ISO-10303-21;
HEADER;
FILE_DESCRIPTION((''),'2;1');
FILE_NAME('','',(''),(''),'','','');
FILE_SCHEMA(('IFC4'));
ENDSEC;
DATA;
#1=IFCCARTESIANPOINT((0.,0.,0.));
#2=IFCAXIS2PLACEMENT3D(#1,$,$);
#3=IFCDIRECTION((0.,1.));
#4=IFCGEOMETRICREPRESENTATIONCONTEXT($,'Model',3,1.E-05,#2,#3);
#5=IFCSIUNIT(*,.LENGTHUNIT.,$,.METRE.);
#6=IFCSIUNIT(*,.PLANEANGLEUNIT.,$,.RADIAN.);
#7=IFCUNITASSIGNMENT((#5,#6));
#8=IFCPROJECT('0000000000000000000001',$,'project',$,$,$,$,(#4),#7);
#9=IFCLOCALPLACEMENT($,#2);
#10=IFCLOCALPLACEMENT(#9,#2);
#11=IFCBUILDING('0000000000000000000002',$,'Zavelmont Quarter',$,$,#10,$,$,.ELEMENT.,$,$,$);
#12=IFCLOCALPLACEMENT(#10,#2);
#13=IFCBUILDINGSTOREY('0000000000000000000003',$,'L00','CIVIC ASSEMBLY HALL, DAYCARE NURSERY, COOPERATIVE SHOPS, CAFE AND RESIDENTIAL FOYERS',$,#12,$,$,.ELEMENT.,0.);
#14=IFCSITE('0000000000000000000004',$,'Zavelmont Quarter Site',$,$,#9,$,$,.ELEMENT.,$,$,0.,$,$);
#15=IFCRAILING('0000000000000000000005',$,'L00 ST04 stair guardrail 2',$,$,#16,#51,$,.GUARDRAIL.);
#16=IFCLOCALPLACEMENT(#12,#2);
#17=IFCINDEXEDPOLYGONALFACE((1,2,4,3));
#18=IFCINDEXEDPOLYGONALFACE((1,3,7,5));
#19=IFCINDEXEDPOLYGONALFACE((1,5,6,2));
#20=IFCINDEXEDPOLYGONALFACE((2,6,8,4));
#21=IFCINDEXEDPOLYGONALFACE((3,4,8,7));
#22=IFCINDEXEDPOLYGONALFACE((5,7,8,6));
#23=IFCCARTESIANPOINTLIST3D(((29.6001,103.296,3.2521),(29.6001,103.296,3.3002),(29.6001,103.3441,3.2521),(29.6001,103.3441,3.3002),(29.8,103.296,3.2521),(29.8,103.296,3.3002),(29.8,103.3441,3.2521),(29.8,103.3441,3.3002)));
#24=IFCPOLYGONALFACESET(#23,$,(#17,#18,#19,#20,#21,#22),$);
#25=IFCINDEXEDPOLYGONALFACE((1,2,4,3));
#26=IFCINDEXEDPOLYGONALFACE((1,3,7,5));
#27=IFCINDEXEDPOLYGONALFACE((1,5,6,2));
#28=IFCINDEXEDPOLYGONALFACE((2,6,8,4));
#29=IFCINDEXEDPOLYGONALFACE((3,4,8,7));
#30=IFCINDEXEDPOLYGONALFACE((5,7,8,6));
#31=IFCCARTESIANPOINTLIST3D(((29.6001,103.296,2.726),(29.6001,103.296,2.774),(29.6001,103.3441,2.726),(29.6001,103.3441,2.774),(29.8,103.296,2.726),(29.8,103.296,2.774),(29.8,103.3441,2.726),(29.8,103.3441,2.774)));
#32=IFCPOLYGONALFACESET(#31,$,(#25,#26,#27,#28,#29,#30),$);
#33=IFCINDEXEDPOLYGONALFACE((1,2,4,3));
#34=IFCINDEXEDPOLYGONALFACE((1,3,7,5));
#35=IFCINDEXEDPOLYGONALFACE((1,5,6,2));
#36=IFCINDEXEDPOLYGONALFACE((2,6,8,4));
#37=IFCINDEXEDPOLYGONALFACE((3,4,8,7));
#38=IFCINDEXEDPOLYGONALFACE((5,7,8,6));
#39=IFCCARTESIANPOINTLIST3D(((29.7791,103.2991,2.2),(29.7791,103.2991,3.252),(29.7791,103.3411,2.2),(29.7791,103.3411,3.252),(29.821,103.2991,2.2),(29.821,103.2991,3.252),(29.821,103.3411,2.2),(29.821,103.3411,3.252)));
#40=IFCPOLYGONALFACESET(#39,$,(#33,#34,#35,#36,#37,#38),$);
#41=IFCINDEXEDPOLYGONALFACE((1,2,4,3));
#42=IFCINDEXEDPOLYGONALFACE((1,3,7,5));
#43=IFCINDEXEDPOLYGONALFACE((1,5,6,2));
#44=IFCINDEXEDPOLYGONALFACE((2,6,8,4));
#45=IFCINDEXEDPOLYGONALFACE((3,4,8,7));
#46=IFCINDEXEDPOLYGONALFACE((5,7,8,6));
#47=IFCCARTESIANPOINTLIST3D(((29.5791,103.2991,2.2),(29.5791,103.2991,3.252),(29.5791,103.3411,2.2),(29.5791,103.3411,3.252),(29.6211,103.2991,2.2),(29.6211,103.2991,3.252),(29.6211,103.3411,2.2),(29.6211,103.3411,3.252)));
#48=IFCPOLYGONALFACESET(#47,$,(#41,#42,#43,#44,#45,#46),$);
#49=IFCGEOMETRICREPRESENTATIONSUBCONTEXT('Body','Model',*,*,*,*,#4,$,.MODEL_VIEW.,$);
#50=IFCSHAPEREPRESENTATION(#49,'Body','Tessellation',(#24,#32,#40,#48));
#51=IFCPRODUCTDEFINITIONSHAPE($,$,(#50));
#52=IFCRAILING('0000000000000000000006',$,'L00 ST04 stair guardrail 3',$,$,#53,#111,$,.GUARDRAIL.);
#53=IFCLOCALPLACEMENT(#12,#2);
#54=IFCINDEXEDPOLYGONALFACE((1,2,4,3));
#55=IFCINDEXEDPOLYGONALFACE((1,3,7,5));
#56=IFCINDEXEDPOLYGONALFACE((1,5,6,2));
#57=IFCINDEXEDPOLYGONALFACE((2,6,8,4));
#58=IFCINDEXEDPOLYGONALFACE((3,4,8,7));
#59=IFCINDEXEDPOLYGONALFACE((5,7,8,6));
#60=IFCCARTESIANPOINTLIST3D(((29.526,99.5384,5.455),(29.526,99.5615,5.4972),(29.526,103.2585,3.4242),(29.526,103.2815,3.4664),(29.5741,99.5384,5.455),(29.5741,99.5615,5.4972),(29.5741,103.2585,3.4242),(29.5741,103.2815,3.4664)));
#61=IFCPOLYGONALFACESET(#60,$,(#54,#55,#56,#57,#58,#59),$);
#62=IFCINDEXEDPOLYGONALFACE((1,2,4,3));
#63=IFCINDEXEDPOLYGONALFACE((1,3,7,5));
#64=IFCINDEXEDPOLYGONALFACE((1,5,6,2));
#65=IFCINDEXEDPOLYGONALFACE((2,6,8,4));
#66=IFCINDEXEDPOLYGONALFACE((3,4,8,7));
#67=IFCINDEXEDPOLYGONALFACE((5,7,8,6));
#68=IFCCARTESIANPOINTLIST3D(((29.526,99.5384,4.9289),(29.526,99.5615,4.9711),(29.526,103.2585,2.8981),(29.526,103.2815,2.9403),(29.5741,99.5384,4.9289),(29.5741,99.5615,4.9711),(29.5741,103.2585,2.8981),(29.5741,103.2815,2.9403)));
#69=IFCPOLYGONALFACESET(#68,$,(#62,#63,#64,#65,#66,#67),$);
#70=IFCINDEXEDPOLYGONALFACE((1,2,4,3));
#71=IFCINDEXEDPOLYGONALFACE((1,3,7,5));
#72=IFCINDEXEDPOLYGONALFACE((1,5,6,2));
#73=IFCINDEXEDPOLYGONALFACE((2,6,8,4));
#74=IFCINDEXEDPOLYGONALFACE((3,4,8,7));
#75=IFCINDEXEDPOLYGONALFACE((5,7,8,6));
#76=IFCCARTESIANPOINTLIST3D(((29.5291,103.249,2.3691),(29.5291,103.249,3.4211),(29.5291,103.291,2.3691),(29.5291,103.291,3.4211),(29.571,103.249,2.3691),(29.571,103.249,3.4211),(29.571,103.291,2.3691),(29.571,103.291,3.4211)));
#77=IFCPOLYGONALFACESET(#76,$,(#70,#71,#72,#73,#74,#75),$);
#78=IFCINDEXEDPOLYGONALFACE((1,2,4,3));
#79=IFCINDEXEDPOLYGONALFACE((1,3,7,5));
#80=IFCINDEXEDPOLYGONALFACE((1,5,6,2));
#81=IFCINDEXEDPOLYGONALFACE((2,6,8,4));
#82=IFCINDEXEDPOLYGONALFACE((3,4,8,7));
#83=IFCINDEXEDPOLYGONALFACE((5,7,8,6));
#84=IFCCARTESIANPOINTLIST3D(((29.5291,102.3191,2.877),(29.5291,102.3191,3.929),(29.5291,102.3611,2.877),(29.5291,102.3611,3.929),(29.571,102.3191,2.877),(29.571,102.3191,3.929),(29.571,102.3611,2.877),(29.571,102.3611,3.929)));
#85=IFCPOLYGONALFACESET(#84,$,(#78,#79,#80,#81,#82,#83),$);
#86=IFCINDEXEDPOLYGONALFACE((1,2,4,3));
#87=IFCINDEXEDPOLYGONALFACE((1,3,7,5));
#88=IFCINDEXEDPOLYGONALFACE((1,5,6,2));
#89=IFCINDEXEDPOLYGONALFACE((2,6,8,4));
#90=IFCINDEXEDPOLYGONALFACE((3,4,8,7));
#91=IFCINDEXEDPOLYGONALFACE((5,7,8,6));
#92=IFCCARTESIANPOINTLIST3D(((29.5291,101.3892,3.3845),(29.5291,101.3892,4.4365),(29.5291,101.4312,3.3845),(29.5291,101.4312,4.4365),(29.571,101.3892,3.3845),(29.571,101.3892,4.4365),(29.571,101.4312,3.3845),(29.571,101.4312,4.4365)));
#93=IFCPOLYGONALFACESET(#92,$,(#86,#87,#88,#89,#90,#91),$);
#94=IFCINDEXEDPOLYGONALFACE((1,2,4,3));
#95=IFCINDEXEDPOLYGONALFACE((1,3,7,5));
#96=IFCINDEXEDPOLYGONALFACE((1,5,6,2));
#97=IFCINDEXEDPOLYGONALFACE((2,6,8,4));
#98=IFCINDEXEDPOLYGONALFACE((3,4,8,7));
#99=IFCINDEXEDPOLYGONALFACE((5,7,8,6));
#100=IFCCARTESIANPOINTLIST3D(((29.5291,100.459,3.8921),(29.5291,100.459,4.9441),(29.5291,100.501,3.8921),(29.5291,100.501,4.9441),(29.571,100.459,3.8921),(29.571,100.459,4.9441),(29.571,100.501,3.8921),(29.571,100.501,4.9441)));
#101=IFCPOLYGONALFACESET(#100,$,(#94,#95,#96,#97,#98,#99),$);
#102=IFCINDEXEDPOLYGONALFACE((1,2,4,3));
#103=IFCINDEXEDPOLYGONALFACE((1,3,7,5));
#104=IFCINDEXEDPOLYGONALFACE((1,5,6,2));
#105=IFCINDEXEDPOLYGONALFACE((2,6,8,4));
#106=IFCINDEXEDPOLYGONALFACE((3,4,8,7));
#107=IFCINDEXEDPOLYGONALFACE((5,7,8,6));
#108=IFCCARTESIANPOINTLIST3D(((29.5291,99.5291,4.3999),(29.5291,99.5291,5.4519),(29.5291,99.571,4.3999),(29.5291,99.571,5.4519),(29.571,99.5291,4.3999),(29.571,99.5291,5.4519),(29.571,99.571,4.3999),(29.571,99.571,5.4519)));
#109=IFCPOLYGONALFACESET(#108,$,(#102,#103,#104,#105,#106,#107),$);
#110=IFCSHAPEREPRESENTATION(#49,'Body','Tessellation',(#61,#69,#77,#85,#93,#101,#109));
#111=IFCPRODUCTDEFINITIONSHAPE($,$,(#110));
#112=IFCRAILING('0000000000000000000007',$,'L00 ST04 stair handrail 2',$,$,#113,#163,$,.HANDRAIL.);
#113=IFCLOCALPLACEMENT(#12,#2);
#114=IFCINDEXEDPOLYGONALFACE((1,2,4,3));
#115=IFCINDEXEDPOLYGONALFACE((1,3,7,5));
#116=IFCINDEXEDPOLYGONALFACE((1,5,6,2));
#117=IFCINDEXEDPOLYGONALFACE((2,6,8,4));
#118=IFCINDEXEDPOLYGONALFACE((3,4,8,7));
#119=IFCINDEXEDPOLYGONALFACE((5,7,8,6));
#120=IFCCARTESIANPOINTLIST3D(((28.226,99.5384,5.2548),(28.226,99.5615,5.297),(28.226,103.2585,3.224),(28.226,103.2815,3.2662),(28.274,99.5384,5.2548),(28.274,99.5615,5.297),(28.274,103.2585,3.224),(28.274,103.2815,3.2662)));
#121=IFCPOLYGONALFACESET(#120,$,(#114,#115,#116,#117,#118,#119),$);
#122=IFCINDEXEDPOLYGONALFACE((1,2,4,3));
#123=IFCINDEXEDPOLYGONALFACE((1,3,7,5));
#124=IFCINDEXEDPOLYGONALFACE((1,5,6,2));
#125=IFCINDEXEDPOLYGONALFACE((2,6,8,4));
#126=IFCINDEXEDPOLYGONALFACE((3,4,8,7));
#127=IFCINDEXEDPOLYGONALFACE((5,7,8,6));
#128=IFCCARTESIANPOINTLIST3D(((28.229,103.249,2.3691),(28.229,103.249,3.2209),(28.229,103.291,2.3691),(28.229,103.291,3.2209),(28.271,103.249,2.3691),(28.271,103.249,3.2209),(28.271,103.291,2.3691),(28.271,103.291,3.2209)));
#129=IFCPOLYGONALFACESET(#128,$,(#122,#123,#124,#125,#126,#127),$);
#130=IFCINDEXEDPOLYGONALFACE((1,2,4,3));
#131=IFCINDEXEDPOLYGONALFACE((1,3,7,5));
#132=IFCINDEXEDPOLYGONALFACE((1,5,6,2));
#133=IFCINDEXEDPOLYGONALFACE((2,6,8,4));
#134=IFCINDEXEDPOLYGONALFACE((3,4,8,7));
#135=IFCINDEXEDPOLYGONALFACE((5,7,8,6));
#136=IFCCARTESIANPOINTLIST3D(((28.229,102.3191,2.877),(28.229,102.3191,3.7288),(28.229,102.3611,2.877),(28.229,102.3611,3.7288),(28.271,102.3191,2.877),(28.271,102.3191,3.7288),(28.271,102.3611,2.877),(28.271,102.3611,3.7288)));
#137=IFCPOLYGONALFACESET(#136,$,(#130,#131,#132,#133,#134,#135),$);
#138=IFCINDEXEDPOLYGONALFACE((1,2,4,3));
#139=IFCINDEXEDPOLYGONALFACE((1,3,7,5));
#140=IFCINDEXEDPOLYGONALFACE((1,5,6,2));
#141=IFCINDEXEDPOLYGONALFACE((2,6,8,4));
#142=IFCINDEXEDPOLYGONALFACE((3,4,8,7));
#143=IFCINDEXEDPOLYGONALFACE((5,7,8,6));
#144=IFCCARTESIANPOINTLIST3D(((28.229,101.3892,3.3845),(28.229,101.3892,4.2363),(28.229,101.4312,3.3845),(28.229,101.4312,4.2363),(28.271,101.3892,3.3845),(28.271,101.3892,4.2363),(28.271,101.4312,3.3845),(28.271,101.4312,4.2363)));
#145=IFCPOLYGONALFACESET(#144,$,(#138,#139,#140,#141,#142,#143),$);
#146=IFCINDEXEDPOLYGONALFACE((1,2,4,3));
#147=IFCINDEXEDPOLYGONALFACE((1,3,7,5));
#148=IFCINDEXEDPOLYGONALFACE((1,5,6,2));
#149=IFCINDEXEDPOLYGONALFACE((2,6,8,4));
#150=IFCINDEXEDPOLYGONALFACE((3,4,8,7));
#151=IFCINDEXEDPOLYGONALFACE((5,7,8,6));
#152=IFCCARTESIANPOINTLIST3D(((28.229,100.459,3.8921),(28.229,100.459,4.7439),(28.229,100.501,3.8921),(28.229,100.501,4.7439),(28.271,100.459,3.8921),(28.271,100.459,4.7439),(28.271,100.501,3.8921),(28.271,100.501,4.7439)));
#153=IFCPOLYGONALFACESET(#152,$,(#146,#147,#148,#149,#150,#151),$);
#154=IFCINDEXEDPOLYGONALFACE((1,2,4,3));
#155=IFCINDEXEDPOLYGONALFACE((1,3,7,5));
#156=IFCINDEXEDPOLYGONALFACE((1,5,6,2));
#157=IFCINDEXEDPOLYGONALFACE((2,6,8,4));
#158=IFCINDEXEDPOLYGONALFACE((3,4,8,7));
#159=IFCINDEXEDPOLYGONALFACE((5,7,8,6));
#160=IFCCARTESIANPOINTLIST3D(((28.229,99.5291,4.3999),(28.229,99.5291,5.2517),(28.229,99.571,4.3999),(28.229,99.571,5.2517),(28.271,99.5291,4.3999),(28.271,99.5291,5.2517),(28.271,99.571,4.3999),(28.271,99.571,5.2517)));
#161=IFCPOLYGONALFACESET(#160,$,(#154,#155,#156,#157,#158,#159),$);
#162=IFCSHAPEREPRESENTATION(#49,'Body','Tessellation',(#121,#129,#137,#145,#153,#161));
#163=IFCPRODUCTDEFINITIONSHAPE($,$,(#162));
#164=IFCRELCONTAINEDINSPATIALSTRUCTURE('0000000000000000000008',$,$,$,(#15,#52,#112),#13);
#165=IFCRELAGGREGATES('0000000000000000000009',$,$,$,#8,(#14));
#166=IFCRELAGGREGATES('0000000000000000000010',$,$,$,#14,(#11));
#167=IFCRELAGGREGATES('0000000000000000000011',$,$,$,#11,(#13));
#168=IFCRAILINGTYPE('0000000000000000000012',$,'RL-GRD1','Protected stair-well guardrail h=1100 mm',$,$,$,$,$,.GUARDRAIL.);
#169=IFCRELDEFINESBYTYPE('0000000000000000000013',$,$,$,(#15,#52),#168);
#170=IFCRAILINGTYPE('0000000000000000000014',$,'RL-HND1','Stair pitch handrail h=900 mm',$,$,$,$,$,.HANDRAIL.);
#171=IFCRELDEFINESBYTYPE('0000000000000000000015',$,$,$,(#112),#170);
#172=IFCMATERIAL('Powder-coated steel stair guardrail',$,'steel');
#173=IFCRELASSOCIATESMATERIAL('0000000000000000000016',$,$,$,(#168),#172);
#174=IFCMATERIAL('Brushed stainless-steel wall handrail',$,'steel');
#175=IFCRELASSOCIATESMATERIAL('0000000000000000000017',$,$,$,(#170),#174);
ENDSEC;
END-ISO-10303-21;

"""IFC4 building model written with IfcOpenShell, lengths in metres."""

from ifc_helpers import new_model, si_unit, direction, frame, origin, origin_2d, place, context, subcontext, project, spatial, rectangle, extrude, material, type_object, element, save


model = new_model("IFC4")

# Units and contexts
model_context = context("Model", 3, precision=1e-05, world=origin(), true_north=direction((0.0, 1.0)))
body_context = subcontext(model_context, "Body", "Model", "MODEL_VIEW")
ifc_project = project(units=[si_unit("LENGTHUNIT", "METRE"), si_unit("PLANEANGLEUNIT", "RADIAN")], contexts=[model_context])

# Site, building, storey
site_placement = place(None, origin())
site = spatial("IfcSite", under=ifc_project, at=site_placement, Name="Zavelmont Quarter Site", CompositionType="ELEMENT", RefElevation=0.0)
building_placement = place(site_placement, origin())
building = spatial("IfcBuilding", under=site, at=building_placement, Name="Zavelmont Quarter", CompositionType="ELEMENT")
storey_placement = place(building_placement, origin())
storey = spatial("IfcBuildingStorey", under=building, at=storey_placement, Name="L00", Description="CIVIC ASSEMBLY HALL, DAYCARE NURSERY, COOPERATIVE SHOPS, CAFE AND RESIDENTIAL FOYERS", CompositionType="ELEMENT", Elevation=0.0)

# Railings
ifc_material_1 = material(Name="Powder-coated steel stair guardrail", Category="steel")
railing_type_1 = type_object("IfcRailingType", Name="RL-GRD1", Description="Protected stair-well guardrail h=1100 mm", PredefinedType="GUARDRAIL", material=ifc_material_1)
railing_1_placement = place(storey_placement, frame((29.8, 103.3201, 2.2)))
element("IfcRailing", 1, at=railing_1_placement, inside=storey, type_object=railing_type_1, Name="L00 ST04 stair guardrail 2", PredefinedType="GUARDRAIL", context=body_context, shape_type="SweptSolid", body=[
    extrude(rectangle(XDim=0.0481, YDim=0.0481, at=origin_2d()), frame((0.0, 0.0, 1.0762), z_axis=(-1.0, 0.0, 0.0), x_axis=(0.0, -1.0, 0.0)), (0.0, 0.0, 1.0), 0.2),
    extrude(rectangle(XDim=0.0481, YDim=0.0481, at=origin_2d()), frame((0.0, 0.0, 0.55), z_axis=(-1.0, 0.0, 0.0), x_axis=(0.0, -1.0, 0.0)), (0.0, 0.0, 1.0), 0.2),
    extrude(rectangle(XDim=0.042, YDim=0.042, at=origin_2d()), origin(), (0.0, 0.0, 1.0), 1.052),
    extrude(rectangle(XDim=0.042, YDim=0.042, at=origin_2d()), frame((-0.2, 0.0, 0.0)), (0.0, 0.0, 1.0), 1.052),
])
railing_2_placement = place(storey_placement, frame((29.55, 103.27, 2.3691)))
element("IfcRailing", 2, at=railing_2_placement, inside=storey, type_object=railing_type_1, Name="L00 ST04 stair guardrail 3", PredefinedType="GUARDRAIL", context=body_context, shape_type="SweptSolid", body=[
    extrude(rectangle(XDim=0.0481, YDim=0.0481, at=origin_2d()), frame((0.0, 0.0, 1.0762), z_axis=(0.0, -0.877728, 0.479159), x_axis=(1.0, 0.0, 0.0)), (0.0, 0.0, 1.0), 4.2383),
    extrude(rectangle(XDim=0.0481, YDim=0.0481, at=origin_2d()), frame((0.0, 0.0, 0.55), z_axis=(0.0, -0.877728, 0.479159), x_axis=(1.0, 0.0, 0.0)), (0.0, 0.0, 1.0), 4.2383),
    extrude(rectangle(XDim=0.042, YDim=0.042, at=origin_2d()), origin(), (0.0, 0.0, 1.0), 1.052),
    extrude(rectangle(XDim=0.042, YDim=0.042, at=origin_2d()), frame((0.0, -0.9299, 0.5078)), (0.0, 0.0, 1.0), 1.052),
    extrude(rectangle(XDim=0.042, YDim=0.042, at=origin_2d()), frame((0.0, -1.8599, 1.0154)), (0.0, 0.0, 1.0), 1.052),
    extrude(rectangle(XDim=0.042, YDim=0.042, at=origin_2d()), frame((0.0, -2.79, 1.5229)), (0.0, 0.0, 1.0), 1.052),
    extrude(rectangle(XDim=0.042, YDim=0.042, at=origin_2d()), frame((0.0, -3.72, 2.0308)), (0.0, 0.0, 1.0), 1.052),
])
ifc_material_2 = material(Name="Brushed stainless-steel wall handrail", Category="steel")
railing_type_2 = type_object("IfcRailingType", Name="RL-HND1", Description="Stair pitch handrail h=900 mm", PredefinedType="HANDRAIL", material=ifc_material_2)
railing_3_placement = place(storey_placement, frame((28.25, 103.27, 2.3691)))
element("IfcRailing", 3, at=railing_3_placement, inside=storey, type_object=railing_type_2, Name="L00 ST04 stair handrail 2", PredefinedType="HANDRAIL", context=body_context, shape_type="SweptSolid", body=[
    extrude(rectangle(XDim=0.0481, YDim=0.0481, at=origin_2d()), frame((0.0, 0.0, 0.876), z_axis=(0.0, -0.877728, 0.479159), x_axis=(1.0, 0.0, 0.0)), (0.0, 0.0, 1.0), 4.2383),
    extrude(rectangle(XDim=0.042, YDim=0.042, at=origin_2d()), origin(), (0.0, 0.0, 1.0), 0.8518),
    extrude(rectangle(XDim=0.042, YDim=0.042, at=origin_2d()), frame((0.0, -0.9299, 0.5078)), (0.0, 0.0, 1.0), 0.8518),
    extrude(rectangle(XDim=0.042, YDim=0.042, at=origin_2d()), frame((0.0, -1.8599, 1.0154)), (0.0, 0.0, 1.0), 0.8518),
    extrude(rectangle(XDim=0.042, YDim=0.042, at=origin_2d()), frame((0.0, -2.79, 1.5229)), (0.0, 0.0, 1.0), 0.8518),
    extrude(rectangle(XDim=0.042, YDim=0.042, at=origin_2d()), frame((0.0, -3.72, 2.0308)), (0.0, 0.0, 1.0), 0.8518),
])

save(model, "model.ifc")
